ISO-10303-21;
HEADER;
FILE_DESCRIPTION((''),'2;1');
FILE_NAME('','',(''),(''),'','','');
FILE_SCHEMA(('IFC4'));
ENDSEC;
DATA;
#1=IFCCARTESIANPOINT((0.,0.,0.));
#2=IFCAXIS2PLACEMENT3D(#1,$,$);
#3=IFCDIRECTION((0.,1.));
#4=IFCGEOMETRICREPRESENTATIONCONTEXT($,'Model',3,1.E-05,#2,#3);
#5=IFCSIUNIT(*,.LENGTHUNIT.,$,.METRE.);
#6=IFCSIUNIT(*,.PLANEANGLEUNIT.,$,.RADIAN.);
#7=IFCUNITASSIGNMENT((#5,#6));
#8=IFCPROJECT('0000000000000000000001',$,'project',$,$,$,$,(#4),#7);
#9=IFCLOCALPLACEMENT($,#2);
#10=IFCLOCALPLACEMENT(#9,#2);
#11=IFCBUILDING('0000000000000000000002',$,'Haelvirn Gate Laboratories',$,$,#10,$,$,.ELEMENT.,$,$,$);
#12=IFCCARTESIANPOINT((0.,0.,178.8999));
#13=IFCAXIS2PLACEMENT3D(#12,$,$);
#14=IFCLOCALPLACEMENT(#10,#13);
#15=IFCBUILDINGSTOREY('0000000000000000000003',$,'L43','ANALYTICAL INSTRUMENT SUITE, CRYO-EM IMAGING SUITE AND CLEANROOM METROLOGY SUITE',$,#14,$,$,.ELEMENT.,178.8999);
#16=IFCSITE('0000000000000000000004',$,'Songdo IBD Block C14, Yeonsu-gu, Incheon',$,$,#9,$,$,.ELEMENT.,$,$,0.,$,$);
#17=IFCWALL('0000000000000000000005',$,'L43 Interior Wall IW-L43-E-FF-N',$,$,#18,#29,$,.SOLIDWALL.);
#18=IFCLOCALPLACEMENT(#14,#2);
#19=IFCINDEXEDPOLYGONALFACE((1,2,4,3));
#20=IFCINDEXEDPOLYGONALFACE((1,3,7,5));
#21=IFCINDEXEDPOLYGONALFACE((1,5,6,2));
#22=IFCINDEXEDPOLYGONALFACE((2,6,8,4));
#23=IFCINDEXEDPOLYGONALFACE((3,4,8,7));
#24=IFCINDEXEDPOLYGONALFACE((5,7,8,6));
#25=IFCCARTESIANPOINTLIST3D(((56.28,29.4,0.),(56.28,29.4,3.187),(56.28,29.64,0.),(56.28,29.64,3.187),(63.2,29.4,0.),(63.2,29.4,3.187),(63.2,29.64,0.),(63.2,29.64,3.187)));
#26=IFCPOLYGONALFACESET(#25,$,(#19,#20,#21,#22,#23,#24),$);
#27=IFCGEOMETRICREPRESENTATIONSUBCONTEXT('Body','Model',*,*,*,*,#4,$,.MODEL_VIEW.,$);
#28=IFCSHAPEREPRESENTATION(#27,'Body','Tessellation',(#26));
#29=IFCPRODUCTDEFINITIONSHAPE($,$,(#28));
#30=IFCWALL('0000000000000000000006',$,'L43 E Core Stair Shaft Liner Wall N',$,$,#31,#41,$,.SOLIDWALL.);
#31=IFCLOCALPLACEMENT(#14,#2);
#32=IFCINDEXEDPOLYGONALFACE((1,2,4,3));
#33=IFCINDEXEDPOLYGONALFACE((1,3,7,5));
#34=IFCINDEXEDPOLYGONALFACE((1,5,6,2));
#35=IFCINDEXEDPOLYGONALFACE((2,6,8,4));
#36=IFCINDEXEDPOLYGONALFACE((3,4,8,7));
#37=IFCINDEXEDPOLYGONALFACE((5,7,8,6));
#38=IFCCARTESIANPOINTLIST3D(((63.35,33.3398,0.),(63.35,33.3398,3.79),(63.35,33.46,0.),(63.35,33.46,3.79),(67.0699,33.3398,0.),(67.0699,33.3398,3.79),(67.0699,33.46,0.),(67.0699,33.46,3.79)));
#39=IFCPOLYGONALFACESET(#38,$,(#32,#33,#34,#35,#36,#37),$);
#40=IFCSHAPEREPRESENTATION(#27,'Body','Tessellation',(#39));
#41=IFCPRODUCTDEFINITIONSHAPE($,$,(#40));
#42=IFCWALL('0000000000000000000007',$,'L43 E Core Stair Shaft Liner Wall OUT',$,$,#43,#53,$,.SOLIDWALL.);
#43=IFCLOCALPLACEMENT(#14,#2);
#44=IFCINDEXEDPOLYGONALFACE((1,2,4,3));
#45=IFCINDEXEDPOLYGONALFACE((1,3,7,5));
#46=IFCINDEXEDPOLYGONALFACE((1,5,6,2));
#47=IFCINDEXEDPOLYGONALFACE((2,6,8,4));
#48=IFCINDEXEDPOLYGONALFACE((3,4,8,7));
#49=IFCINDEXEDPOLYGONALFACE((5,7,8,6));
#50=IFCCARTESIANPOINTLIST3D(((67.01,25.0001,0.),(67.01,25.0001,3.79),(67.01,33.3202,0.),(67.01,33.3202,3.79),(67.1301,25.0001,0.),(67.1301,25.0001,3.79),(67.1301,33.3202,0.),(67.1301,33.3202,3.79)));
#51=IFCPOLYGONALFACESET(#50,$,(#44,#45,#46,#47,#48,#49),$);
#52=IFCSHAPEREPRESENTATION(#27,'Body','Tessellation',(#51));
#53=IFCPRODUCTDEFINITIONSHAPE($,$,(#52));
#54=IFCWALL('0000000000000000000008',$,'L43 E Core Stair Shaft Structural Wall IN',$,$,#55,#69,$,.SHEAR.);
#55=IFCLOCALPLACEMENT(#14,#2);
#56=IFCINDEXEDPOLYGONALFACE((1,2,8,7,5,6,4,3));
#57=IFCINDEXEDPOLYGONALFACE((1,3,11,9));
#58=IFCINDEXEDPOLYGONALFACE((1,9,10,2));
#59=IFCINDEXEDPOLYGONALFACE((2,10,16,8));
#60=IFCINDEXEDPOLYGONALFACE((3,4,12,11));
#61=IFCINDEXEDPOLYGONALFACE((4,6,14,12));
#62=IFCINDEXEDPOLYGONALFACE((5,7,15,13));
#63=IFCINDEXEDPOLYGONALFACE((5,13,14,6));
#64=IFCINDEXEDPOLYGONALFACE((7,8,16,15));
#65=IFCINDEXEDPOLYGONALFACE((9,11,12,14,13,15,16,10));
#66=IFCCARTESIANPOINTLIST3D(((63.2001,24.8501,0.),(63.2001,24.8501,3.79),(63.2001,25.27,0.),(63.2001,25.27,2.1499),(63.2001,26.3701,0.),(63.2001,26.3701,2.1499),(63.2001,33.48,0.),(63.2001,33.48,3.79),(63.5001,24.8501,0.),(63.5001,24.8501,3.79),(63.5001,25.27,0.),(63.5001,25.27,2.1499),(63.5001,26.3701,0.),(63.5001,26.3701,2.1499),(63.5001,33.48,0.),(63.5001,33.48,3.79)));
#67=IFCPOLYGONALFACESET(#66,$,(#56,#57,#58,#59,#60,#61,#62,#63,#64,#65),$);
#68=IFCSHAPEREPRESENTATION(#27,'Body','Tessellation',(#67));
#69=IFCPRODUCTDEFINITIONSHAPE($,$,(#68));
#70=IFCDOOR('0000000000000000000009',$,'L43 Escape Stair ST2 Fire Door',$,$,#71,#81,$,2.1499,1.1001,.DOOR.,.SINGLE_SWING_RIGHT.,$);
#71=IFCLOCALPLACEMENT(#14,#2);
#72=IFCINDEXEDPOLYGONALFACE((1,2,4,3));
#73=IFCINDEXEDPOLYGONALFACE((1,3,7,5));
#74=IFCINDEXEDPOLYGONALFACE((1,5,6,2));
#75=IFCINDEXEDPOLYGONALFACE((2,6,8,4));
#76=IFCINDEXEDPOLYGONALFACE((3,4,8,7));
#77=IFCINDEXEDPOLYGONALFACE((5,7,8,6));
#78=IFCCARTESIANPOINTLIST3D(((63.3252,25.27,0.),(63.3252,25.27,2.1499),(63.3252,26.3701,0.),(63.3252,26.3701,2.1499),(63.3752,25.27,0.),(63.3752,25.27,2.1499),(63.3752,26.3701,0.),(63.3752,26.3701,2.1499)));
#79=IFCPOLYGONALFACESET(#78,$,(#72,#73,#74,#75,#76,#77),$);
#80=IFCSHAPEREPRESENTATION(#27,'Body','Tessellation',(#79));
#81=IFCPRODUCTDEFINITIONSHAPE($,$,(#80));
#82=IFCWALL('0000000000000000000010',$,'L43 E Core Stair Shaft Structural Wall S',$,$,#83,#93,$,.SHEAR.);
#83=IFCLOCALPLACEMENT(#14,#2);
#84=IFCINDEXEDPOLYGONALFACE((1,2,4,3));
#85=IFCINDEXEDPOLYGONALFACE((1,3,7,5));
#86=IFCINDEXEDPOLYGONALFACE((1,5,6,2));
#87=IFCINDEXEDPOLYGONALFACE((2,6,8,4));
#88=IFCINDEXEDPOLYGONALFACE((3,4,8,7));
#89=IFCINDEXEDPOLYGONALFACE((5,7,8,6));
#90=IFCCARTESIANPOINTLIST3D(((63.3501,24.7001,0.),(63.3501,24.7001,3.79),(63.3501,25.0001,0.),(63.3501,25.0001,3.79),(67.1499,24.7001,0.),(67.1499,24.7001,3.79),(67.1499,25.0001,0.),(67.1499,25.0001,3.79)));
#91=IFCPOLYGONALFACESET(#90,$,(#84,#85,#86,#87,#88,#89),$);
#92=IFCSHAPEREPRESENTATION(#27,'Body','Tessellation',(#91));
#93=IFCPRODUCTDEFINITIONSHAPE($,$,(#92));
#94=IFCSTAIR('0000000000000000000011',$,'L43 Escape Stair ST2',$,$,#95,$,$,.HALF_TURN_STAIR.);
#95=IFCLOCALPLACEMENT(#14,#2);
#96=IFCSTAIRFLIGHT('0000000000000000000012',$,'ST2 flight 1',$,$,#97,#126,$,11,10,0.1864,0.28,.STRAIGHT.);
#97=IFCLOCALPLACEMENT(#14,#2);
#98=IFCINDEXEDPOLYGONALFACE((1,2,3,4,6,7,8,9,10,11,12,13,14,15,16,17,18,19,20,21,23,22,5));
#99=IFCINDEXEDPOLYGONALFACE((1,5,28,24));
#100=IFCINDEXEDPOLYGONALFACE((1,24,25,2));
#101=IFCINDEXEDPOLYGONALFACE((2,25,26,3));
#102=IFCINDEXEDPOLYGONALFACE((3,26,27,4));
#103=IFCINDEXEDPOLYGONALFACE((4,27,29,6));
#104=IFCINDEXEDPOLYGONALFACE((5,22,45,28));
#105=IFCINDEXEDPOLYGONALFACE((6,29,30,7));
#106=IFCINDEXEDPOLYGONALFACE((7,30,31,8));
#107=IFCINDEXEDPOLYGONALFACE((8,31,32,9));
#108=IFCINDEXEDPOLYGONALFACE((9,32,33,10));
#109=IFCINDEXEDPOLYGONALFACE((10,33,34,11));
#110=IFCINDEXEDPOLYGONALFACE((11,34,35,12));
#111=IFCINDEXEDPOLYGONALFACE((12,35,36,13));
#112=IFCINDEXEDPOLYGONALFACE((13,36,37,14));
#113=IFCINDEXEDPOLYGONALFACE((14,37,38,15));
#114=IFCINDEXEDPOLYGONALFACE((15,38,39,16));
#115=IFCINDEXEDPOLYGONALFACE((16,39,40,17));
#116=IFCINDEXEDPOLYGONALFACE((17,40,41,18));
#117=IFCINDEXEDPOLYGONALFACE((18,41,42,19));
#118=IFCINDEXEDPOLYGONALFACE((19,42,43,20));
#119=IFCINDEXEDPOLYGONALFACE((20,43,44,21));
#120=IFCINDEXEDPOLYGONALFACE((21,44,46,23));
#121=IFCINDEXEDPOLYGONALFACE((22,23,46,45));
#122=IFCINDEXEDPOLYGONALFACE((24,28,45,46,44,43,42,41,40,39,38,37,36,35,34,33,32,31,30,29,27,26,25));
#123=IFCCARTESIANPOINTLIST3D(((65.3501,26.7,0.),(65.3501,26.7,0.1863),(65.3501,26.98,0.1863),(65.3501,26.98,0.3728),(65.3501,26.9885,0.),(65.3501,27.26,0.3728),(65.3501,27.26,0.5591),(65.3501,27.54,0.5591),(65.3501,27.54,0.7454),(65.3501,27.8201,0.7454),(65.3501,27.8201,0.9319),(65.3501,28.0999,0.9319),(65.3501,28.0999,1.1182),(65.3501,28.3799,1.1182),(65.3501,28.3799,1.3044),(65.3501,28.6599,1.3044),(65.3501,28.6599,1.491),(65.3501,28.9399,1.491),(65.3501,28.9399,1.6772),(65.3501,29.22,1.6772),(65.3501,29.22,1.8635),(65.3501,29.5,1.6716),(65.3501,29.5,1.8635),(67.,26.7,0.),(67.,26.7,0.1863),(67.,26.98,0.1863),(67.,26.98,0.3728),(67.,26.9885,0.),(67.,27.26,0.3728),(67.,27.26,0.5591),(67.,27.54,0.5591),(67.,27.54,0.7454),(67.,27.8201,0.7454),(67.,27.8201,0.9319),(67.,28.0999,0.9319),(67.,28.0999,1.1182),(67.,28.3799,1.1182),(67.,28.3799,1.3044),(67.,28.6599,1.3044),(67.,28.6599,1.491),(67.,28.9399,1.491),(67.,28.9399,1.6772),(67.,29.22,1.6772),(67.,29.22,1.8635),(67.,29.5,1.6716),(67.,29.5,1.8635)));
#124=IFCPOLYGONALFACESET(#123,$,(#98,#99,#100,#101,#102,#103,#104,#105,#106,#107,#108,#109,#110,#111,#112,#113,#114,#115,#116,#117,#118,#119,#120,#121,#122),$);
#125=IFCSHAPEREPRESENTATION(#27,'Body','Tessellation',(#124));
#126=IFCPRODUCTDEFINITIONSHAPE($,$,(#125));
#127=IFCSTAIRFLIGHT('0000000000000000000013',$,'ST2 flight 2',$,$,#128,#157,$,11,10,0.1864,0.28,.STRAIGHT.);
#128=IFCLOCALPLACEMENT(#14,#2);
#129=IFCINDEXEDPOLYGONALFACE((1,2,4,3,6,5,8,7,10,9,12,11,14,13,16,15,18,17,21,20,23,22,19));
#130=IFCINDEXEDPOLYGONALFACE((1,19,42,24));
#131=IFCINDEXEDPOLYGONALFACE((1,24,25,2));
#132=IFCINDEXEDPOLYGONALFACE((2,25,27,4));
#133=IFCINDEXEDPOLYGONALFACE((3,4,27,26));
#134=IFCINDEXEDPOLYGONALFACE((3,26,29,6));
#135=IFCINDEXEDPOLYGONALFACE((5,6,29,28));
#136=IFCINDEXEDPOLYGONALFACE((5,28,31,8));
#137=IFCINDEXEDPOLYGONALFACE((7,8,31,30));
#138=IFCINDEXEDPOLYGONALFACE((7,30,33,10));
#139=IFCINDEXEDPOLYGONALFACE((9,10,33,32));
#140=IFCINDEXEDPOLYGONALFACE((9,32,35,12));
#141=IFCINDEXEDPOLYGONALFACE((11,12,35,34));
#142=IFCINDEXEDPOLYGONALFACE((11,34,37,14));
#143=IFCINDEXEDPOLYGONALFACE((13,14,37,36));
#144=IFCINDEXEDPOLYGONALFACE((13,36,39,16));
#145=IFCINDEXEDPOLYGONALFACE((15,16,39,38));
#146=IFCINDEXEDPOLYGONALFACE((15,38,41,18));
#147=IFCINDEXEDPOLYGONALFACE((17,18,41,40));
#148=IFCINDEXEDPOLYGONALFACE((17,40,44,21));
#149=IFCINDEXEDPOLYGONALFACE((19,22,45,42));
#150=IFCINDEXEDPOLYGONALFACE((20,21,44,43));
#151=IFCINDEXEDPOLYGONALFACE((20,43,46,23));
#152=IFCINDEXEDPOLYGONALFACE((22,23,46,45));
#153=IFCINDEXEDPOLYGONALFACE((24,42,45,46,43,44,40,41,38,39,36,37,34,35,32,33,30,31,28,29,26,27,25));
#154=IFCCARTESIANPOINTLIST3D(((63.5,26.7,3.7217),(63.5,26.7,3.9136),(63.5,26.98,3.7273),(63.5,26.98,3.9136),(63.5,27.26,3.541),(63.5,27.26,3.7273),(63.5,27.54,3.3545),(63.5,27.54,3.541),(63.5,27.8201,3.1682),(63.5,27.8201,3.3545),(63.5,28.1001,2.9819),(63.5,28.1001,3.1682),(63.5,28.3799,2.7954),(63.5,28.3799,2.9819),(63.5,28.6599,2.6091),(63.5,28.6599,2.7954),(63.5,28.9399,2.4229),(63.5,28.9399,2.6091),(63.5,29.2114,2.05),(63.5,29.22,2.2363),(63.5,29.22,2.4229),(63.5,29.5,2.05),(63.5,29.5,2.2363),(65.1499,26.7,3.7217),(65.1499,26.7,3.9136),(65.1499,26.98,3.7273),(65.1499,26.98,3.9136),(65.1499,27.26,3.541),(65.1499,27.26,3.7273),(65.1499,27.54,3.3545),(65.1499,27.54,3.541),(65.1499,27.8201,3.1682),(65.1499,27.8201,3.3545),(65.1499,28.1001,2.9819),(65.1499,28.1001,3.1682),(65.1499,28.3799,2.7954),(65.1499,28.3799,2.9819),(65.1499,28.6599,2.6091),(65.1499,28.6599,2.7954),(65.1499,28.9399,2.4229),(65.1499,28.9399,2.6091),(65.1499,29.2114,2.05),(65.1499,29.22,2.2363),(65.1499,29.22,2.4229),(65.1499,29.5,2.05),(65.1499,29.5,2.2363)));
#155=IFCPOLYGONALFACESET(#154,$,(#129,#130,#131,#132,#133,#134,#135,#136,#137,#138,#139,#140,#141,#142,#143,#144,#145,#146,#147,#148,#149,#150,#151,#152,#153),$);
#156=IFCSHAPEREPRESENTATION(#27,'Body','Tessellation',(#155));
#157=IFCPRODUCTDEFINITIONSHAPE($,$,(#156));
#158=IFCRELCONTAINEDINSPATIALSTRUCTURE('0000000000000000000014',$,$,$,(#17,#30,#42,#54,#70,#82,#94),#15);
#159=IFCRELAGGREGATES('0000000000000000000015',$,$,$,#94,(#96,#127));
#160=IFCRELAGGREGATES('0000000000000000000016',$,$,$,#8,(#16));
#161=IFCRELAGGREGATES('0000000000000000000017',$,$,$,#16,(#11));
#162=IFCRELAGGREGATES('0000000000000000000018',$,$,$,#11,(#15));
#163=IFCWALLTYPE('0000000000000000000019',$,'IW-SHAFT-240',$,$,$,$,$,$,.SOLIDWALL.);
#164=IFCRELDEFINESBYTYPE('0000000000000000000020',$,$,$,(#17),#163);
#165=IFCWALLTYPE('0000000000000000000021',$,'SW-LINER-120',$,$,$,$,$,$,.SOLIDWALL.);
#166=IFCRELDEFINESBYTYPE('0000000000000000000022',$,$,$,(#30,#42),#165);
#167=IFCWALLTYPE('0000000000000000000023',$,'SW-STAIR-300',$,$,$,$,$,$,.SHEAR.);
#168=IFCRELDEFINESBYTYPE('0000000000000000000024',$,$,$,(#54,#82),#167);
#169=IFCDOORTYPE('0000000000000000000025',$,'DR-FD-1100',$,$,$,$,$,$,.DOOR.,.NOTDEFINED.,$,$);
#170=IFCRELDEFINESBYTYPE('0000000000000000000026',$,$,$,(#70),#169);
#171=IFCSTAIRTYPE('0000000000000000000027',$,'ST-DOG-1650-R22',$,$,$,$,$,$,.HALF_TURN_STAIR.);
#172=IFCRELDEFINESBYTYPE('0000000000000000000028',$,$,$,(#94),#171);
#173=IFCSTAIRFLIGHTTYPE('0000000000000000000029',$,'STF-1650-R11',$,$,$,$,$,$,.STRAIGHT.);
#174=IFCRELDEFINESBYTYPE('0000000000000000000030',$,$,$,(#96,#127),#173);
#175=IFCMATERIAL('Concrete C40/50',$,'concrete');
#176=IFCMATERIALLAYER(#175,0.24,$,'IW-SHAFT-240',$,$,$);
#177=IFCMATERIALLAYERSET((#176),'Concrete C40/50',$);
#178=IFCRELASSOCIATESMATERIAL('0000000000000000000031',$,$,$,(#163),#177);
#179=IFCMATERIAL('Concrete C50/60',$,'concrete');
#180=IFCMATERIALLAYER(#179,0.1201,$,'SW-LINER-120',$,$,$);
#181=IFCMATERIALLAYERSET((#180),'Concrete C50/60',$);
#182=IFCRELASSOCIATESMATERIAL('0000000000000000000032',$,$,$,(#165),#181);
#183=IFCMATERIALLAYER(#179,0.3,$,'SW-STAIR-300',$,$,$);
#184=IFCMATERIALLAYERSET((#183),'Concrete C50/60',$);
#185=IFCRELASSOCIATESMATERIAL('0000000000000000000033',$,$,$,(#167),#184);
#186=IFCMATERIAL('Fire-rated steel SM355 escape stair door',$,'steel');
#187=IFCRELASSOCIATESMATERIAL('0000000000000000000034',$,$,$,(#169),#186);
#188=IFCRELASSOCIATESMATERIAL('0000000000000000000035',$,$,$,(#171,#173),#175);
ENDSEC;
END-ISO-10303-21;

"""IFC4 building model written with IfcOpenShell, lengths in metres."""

from ifc_helpers import new_model, si_unit, direction, frame, frame_2d, origin, place, context, subcontext, project, spatial, polyline, rectangle, outline, extrude, source, transform, mapped, material, layer, layer_set, type_object, type_shapes, element, fill, aggregate, save


model = new_model("IFC4")

# Units and contexts
model_context = context("Model", 3, precision=1e-05, world=origin(), true_north=direction((0.0, 1.0)))
body_context = subcontext(model_context, "Body", "Model", "MODEL_VIEW")
ifc_project = project(units=[si_unit("LENGTHUNIT", "METRE"), si_unit("PLANEANGLEUNIT", "RADIAN")], contexts=[model_context])

# Site, building, storey
site_placement = place(None, origin())
site = spatial("IfcSite", under=ifc_project, at=site_placement, Name="Songdo IBD Block C14, Yeonsu-gu, Incheon", CompositionType="ELEMENT", RefElevation=0.0)
building_placement = place(site_placement, origin())
building = spatial("IfcBuilding", under=site, at=building_placement, Name="Haelvirn Gate Laboratories", CompositionType="ELEMENT")
storey_placement = place(building_placement, frame((0.0, 0.0, 178.8999)))
storey = spatial("IfcBuildingStorey", under=building, at=storey_placement, Name="L43", Description="ANALYTICAL INSTRUMENT SUITE, CRYO-EM IMAGING SUITE AND CLEANROOM METROLOGY SUITE", CompositionType="ELEMENT", Elevation=178.8999)

# Shared definitions
ifc_material_1 = material(Name="Concrete C40/50", Category="concrete")

# Shared definitions
ifc_layer_1 = layer(ifc_material_1, 0.24, Name="IW-SHAFT-240")
ifc_layer_set_1 = layer_set([ifc_layer_1], Name="Concrete C40/50")
wall_type_1 = type_object("IfcWallType", Name="IW-SHAFT-240", PredefinedType="SOLIDWALL", material=ifc_layer_set_1)

# Walls
wall_1_placement = place(storey_placement, frame((56.28, 29.52, 0.0), z_axis=(0.0, 0.0, 1.0), x_axis=(1.0, 0.0, 0.0)))
element("IfcWall", 1, at=wall_1_placement, inside=storey, type_object=wall_type_1, Name="L43 Interior Wall IW-L43-E-FF-N", PredefinedType="SOLIDWALL", context=body_context, shape_type="SweptSolid", body=[
    extrude(rectangle(XDim=6.9199, YDim=0.24, at=frame_2d((3.46, 0.0))), origin(), (0.0, 0.0, 1.0), 3.187),
])
ifc_material_2 = material(Name="Concrete C50/60", Category="concrete")
ifc_layer_2 = layer(ifc_material_2, 0.1201, Name="SW-LINER-120")
ifc_layer_set_2 = layer_set([ifc_layer_2], Name="Concrete C50/60")
wall_type_2 = type_object("IfcWallType", Name="SW-LINER-120", PredefinedType="SOLIDWALL", material=ifc_layer_set_2)
wall_2_placement = place(storey_placement, frame((63.3501, 33.3999, 0.0), z_axis=(0.0, 0.0, 1.0), x_axis=(1.0, 0.0, 0.0)))
element("IfcWall", 2, at=wall_2_placement, inside=storey, type_object=wall_type_2, Name="L43 E Core Stair Shaft Liner Wall N", PredefinedType="SOLIDWALL", context=body_context, shape_type="SweptSolid", body=[
    extrude(rectangle(XDim=3.72, YDim=0.1201, at=frame_2d((1.8599, 0.0))), origin(), (0.0, 0.0, 1.0), 3.79),
])
wall_3_placement = place(storey_placement, frame((67.0701, 25.0, 0.0), z_axis=(0.0, 0.0, 1.0), x_axis=(0.0, 1.0, 0.0)))
element("IfcWall", 3, at=wall_3_placement, inside=storey, type_object=wall_type_2, Name="L43 E Core Stair Shaft Liner Wall OUT", PredefinedType="SOLIDWALL", context=body_context, shape_type="SweptSolid", body=[
    extrude(rectangle(XDim=8.3201, YDim=0.1201, at=frame_2d((4.1602, 0.0))), origin(), (0.0, 0.0, 1.0), 3.79),
])

# Wall, opening, door
ifc_layer_3 = layer(ifc_material_2, 0.3, Name="SW-STAIR-300")
ifc_layer_set_3 = layer_set([ifc_layer_3], Name="Concrete C50/60")
wall_type_3 = type_object("IfcWallType", Name="SW-STAIR-300", PredefinedType="SHEAR", material=ifc_layer_set_3)
wall_4_placement = place(storey_placement, frame((63.3501, 24.8501, 0.0), z_axis=(0.0, 0.0, 1.0), x_axis=(0.0, 1.0, 0.0)))
wall_4 = element("IfcWall", 4, at=wall_4_placement, inside=storey, type_object=wall_type_3, Name="L43 E Core Stair Shaft Structural Wall IN", PredefinedType="SHEAR", context=body_context, shape_type="SweptSolid", body=[
    extrude(rectangle(XDim=8.6299, YDim=0.3, at=frame_2d((4.3149, 0.0))), origin(), (0.0, 0.0, 1.0), 3.79),
])
opening_1_placement = place(wall_4_placement, frame((0.4199, 0.0, 0.0)))
opening_1 = element("IfcOpeningElement", 5, at=opening_1_placement, cuts=wall_4, PredefinedType="OPENING", context=body_context, shape_type="SweptSolid", body=[
    extrude(rectangle(XDim=1.1001, YDim=2.1499, at=frame_2d((0.55, 1.075))), frame((0.0, 0.1602, 0.0), z_axis=(0.0, -1.0, 0.0), x_axis=(1.0, 0.0, 0.0)), (0.0, 0.0, 1.0), 0.3201),
])
ifc_material_3 = material(Name="Fire-rated steel SM355 escape stair door", Category="steel")
door_type_1 = type_object("IfcDoorType", Name="DR-FD-1100", OperationType="NOTDEFINED", PredefinedType="DOOR", material=ifc_material_3)
shared_shape_1 = source(origin(), body_context, "Body", "SweptSolid", [
    extrude(rectangle(XDim=1.1001, YDim=2.1499, at=frame_2d((0.55, 1.075))), frame((0.0, 0.0249, 0.0), z_axis=(0.0, -1.0, 0.0), x_axis=(1.0, 0.0, 0.0)), (0.0, 0.0, 1.0), 0.05),
])
type_shapes(door_type_1, [shared_shape_1])
door_1_placement = place(opening_1_placement, origin())
door_1 = element("IfcDoor", 6, at=door_1_placement, inside=storey, type_object=door_type_1, Name="L43 Escape Stair ST2 Fire Door", OperationType="SINGLE_SWING_RIGHT", OverallHeight=2.1499, OverallWidth=1.1001, PredefinedType="DOOR", context=body_context, shape_type="MappedRepresentation", body=[
    mapped(shared_shape_1, transform((0.0, 0.0, 0.0), scale=1.0)),
])
fill(opening_1, door_1)

# Wall
wall_5_placement = place(storey_placement, frame((63.3501, 24.8501, 0.0), z_axis=(0.0, 0.0, 1.0), x_axis=(1.0, 0.0, 0.0)))
element("IfcWall", 7, at=wall_5_placement, inside=storey, type_object=wall_type_3, Name="L43 E Core Stair Shaft Structural Wall S", PredefinedType="SHEAR", context=body_context, shape_type="SweptSolid", body=[
    extrude(rectangle(XDim=3.7998, YDim=0.3, at=frame_2d((1.8999, 0.0))), origin(), (0.0, 0.0, 1.0), 3.79),
])

# Stair, stair flights
stair_type = type_object("IfcStairType", Name="ST-DOG-1650-R22", PredefinedType="HALF_TURN_STAIR", material=ifc_material_1)
stair_placement = place(storey_placement, origin())
stair = element("IfcStair", 8, at=stair_placement, inside=storey, type_object=stair_type, Name="L43 Escape Stair ST2", PredefinedType="HALF_TURN_STAIR")
stair_flight_type = type_object("IfcStairFlightType", Name="STF-1650-R11", PredefinedType="STRAIGHT", material=ifc_material_1)
shared_shape_2 = source(origin(), body_context, "Body", "SweptSolid", [
    extrude(outline(polyline([(0.0, 0.0), (0.0, 0.1863), (0.28, 0.1863), (0.28, 0.3728), (0.5601, 0.3728), (0.5601, 0.5591), (0.8401, 0.5591), (0.8401, 0.7454), (1.1201, 0.7454), (1.1201, 0.9319), (1.3999, 0.9319), (1.3999, 1.1182), (1.6799, 1.1182), (1.6799, 1.3044), (1.96, 1.3044), (1.96, 1.491), (2.24, 1.491), (2.24, 1.6772), (2.52, 1.6772), (2.52, 1.8635), (2.8, 1.8635), (2.8, 2.05), (2.8, 1.6716), (0.2886, 0.0), (0.0, 0.0)])), frame((0.0, 0.825, 0.0), z_axis=(0.0, -1.0, 0.0), x_axis=(1.0, 0.0, 0.0)), (0.0, 0.0, 1.0), 1.6499),
])
type_shapes(stair_flight_type, [shared_shape_2])
stair_flight_1_placement = place(storey_placement, frame((66.175, 26.7, 0.0), z_axis=(0.0, 0.0, 1.0), x_axis=(0.0, 1.0, 0.0)))
stair_flight_1 = element("IfcStairFlight", 9, at=stair_flight_1_placement, type_object=stair_flight_type, Name="ST2 flight 1", NumberOfRisers=11, NumberOfTreads=10, PredefinedType="STRAIGHT", RiserHeight=0.1864, TreadLength=0.28, context=body_context, shape_type="MappedRepresentation", body=[
    mapped(shared_shape_2, transform((0.0, 0.0, 0.0), scale=1.0)),
])
stair_flight_2_placement = place(storey_placement, frame((64.325, 29.5, 2.05), z_axis=(0.0, 0.0, 1.0), x_axis=(0.0, -1.0, 0.0)))
stair_flight_2 = element("IfcStairFlight", 10, at=stair_flight_2_placement, type_object=stair_flight_type, Name="ST2 flight 2", NumberOfRisers=11, NumberOfTreads=10, PredefinedType="STRAIGHT", RiserHeight=0.1864, TreadLength=0.28, context=body_context, shape_type="MappedRepresentation", body=[
    mapped(shared_shape_2, transform((0.0, 0.0, 0.0), scale=1.0)),
])
aggregate(stair, [stair_flight_1, stair_flight_2])

save(model, "model.ifc")
